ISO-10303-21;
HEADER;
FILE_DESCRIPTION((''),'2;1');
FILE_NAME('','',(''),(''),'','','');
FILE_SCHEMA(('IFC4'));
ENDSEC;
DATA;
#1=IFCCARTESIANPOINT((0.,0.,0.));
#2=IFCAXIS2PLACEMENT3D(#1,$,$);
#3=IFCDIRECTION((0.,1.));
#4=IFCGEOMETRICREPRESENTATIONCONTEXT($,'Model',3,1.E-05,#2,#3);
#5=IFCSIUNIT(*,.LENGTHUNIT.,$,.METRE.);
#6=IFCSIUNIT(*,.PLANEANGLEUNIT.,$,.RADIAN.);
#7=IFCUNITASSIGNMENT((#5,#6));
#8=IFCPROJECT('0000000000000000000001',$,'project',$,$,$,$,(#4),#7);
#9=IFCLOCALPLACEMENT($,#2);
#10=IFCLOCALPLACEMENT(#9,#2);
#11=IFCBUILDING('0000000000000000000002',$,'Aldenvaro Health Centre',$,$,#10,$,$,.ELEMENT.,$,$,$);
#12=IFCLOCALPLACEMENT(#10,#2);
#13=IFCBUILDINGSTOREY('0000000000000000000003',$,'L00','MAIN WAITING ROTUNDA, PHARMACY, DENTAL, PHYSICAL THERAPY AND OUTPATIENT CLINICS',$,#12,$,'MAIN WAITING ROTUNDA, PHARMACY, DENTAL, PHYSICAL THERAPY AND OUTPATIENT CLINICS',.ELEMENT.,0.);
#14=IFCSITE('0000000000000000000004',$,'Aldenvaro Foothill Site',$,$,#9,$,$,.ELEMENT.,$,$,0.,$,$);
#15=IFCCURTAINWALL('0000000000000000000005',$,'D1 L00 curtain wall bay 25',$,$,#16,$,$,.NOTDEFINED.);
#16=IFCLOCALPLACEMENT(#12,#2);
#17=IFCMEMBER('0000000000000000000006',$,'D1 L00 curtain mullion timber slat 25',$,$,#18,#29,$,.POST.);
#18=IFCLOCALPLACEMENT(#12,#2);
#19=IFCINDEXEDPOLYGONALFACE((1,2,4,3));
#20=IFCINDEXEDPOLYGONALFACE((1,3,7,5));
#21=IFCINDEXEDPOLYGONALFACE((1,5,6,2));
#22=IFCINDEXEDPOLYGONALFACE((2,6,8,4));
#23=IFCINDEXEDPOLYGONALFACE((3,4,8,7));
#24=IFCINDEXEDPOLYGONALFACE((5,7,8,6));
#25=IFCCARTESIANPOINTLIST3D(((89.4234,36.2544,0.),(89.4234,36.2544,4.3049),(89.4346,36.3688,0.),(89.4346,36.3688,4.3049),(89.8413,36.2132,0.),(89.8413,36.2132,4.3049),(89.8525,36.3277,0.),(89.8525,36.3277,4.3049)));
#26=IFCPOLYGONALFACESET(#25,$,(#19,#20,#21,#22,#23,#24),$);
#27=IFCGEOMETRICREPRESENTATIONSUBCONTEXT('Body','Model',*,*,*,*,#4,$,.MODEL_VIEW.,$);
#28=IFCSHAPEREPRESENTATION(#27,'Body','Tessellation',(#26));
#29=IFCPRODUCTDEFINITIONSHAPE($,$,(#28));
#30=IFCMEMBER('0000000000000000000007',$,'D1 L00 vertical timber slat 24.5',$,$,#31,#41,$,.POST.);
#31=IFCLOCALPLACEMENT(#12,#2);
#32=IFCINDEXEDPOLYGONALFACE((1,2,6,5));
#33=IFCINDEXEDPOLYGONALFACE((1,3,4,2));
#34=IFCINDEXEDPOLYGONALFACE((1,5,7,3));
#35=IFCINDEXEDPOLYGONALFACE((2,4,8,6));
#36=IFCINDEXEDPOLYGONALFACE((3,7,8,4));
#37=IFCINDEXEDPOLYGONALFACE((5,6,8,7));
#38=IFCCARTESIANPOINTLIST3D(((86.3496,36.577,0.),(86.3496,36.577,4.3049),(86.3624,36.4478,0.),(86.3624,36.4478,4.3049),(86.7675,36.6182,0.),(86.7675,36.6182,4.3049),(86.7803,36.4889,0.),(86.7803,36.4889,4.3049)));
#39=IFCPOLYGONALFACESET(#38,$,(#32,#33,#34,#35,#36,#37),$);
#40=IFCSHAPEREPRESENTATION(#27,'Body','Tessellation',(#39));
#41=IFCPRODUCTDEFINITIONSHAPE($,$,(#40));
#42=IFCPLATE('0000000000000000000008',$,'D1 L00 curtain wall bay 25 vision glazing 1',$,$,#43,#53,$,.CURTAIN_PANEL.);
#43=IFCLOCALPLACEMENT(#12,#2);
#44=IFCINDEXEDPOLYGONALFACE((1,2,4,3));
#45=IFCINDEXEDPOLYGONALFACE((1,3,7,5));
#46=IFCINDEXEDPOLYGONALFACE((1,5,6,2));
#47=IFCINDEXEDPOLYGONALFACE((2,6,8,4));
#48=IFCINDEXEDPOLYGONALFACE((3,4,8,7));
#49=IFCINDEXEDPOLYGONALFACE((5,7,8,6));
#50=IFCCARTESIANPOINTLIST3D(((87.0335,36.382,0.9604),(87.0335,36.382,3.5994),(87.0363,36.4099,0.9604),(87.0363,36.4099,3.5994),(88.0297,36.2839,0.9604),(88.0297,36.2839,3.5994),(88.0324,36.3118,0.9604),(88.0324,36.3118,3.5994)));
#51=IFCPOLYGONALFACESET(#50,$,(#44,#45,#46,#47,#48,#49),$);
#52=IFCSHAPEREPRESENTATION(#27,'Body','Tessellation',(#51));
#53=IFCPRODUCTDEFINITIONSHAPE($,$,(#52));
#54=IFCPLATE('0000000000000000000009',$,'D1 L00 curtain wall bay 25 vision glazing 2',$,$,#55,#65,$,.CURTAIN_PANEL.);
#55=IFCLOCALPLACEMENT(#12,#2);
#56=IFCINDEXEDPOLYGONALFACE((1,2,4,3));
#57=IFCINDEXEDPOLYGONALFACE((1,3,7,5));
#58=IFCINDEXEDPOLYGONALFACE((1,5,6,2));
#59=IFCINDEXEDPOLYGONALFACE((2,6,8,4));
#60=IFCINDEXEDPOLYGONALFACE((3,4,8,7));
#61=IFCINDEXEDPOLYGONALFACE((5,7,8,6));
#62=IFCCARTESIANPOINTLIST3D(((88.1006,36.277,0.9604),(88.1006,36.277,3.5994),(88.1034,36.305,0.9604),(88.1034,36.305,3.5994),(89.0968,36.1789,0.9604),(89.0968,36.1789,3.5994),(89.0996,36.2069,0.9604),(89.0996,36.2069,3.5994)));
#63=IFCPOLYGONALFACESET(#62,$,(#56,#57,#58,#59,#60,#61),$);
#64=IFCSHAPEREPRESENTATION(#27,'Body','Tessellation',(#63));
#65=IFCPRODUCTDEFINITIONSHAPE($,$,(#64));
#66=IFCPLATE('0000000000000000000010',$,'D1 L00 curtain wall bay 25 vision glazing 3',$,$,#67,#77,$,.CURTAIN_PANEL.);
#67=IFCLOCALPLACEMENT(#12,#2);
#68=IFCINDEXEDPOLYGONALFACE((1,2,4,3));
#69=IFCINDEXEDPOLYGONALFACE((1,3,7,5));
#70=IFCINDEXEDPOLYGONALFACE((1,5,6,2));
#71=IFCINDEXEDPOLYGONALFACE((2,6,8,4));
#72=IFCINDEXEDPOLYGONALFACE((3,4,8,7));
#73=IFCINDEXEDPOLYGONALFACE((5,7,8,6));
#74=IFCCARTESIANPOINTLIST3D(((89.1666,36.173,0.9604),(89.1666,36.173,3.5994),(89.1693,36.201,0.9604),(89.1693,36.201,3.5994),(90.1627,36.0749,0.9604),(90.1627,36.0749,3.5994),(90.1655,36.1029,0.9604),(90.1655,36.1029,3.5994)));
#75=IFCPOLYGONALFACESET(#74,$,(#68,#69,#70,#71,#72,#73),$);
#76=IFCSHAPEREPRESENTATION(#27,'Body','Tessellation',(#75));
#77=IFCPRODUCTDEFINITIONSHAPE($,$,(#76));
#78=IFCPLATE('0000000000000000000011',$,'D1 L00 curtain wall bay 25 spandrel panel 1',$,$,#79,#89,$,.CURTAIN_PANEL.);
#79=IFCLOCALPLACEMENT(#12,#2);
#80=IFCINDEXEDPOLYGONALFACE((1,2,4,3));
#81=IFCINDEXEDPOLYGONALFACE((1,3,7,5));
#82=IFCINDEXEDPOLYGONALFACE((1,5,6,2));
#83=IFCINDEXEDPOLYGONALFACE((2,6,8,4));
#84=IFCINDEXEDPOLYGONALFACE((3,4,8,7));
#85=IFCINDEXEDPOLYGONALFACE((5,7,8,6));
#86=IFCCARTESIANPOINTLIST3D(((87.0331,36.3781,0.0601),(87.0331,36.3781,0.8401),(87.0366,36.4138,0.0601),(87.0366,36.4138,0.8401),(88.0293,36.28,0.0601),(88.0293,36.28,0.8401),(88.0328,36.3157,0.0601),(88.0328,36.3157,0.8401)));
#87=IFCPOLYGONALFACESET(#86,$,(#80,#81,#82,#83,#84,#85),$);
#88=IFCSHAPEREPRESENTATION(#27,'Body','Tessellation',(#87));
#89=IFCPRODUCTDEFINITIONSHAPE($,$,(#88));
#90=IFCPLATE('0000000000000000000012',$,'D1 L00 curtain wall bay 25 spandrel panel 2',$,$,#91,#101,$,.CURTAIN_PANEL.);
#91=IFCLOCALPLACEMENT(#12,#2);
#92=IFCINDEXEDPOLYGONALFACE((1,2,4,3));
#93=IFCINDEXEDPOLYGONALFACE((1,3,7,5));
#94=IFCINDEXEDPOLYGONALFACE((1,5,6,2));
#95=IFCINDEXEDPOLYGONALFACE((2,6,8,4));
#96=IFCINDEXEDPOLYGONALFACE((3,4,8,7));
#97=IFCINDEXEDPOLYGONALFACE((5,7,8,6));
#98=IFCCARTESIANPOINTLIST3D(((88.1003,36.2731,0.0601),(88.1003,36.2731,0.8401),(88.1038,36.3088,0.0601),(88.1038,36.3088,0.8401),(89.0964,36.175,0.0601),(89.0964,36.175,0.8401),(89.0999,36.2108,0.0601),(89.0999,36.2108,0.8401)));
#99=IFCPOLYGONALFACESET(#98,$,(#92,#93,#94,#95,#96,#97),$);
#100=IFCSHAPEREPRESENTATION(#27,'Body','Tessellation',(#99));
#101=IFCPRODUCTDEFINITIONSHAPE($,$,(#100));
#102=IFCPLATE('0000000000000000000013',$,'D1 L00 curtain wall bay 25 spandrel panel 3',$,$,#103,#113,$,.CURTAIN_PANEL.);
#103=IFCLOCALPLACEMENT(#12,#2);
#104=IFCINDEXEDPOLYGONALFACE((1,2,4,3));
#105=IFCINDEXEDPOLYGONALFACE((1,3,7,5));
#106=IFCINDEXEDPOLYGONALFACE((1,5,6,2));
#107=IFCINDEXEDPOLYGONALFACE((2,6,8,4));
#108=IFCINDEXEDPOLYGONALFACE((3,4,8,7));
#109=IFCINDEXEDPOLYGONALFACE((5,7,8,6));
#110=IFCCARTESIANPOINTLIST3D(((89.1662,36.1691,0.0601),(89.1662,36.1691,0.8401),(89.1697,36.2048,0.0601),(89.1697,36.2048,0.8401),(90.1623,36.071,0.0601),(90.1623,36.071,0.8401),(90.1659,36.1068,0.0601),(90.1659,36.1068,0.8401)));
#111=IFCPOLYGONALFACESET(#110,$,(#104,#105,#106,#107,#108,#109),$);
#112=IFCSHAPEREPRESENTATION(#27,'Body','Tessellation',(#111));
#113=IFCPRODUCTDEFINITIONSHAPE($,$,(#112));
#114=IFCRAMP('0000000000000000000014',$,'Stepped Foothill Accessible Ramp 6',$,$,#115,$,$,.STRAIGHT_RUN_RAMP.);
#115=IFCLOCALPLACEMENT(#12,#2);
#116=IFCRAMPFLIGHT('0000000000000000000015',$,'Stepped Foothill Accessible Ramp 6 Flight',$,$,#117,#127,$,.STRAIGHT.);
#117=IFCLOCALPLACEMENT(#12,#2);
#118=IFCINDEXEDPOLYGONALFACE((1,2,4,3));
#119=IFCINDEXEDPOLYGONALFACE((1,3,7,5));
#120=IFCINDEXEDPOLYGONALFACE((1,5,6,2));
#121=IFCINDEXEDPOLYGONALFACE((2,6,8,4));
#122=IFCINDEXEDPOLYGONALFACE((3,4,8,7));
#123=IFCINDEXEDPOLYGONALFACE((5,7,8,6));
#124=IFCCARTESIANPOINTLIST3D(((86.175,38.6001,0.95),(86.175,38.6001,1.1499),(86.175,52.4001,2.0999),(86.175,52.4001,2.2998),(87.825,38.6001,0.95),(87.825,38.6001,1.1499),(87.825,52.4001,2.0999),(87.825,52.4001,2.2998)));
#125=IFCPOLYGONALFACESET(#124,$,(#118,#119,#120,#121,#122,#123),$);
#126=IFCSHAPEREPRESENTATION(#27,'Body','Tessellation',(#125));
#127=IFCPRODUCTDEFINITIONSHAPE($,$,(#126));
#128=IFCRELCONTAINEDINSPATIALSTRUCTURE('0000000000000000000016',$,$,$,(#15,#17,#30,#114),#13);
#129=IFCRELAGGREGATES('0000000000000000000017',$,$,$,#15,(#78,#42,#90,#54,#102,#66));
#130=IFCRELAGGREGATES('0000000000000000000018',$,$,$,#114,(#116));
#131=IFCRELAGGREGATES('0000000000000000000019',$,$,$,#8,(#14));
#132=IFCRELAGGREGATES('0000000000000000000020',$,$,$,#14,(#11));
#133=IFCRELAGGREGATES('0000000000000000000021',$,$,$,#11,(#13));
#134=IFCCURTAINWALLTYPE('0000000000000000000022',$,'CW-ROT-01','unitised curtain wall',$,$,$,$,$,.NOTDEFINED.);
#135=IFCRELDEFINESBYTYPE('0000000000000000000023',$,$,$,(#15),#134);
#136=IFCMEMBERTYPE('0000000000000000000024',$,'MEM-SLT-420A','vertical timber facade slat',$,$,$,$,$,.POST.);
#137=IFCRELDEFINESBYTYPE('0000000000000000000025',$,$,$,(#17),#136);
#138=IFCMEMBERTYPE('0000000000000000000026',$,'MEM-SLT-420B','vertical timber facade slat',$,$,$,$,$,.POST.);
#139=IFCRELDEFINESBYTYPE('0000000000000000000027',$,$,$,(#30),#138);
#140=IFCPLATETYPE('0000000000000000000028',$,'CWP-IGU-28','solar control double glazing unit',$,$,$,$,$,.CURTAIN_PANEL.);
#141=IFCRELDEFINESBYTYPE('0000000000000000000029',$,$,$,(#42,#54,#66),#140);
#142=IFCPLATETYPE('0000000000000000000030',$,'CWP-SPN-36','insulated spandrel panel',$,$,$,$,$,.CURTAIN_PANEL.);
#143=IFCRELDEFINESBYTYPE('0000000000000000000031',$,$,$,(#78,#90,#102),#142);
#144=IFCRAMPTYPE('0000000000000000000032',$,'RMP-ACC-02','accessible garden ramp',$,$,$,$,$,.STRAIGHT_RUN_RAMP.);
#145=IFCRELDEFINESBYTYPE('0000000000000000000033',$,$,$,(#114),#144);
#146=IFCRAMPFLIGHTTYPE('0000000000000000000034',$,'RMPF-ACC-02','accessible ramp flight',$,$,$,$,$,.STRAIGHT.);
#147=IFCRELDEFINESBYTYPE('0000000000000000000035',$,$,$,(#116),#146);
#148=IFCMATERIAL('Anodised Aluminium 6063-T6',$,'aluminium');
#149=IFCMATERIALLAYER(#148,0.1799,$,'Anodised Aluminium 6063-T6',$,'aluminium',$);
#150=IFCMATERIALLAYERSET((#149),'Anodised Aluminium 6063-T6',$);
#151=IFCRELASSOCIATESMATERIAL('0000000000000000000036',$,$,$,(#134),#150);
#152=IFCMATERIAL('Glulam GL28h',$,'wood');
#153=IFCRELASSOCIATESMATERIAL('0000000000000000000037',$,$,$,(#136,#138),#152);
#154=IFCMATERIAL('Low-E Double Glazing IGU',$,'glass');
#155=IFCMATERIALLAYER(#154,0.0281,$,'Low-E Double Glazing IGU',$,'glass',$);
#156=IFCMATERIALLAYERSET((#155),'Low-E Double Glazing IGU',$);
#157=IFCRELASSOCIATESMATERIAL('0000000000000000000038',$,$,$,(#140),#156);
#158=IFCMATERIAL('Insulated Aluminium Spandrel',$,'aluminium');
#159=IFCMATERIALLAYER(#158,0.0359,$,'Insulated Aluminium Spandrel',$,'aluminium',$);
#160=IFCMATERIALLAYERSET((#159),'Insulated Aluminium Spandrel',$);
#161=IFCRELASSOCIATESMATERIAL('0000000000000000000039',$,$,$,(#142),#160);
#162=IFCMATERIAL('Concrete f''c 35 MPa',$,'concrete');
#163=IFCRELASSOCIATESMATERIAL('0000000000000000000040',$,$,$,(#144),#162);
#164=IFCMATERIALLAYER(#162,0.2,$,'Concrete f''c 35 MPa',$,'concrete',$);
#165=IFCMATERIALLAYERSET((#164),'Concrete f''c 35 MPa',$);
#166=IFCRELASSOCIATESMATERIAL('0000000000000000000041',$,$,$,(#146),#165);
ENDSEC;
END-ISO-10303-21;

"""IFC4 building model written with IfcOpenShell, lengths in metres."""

from ifc_helpers import new_model, si_unit, direction, frame, origin, origin_2d, place, context, subcontext, project, spatial, polyline, rectangle, outline, extrude, material, layer, layer_set, material_profile, profile_set, type_object, element, aggregate, save


model = new_model("IFC4")

# Units and contexts
model_context = context("Model", 3, precision=1e-05, world=origin(), true_north=direction((0.0, 1.0)))
body_context = subcontext(model_context, "Body", "Model", "MODEL_VIEW")
ifc_project = project(units=[si_unit("LENGTHUNIT", "METRE"), si_unit("PLANEANGLEUNIT", "RADIAN")], contexts=[model_context])

# Site, building, storey
site_placement = place(None, origin())
site = spatial("IfcSite", under=ifc_project, at=site_placement, Name="Aldenvaro Foothill Site", CompositionType="ELEMENT", RefElevation=0.0)
building_placement = place(site_placement, origin())
building = spatial("IfcBuilding", under=site, at=building_placement, Name="Aldenvaro Health Centre", CompositionType="ELEMENT")
storey_placement = place(building_placement, origin())
storey = spatial("IfcBuildingStorey", under=building, at=storey_placement, Name="L00", Description="MAIN WAITING ROTUNDA, PHARMACY, DENTAL, PHYSICAL THERAPY AND OUTPATIENT CLINICS", LongName="MAIN WAITING ROTUNDA, PHARMACY, DENTAL, PHYSICAL THERAPY AND OUTPATIENT CLINICS", CompositionType="ELEMENT", Elevation=0.0)

# Curtain wall
ifc_material_1 = material(Name="Anodised Aluminium 6063-T6", Category="aluminium")
ifc_layer_1 = layer(ifc_material_1, 0.1799, Name="Anodised Aluminium 6063-T6", Category="aluminium")
ifc_layer_set_1 = layer_set([ifc_layer_1], Name="Anodised Aluminium 6063-T6")
curtain_wall_type = type_object("IfcCurtainWallType", Name="CW-ROT-01", Description="unitised curtain wall", PredefinedType="NOTDEFINED", material=ifc_layer_set_1)
curtain_wall_placement = place(storey_placement, origin())
curtain_wall = element("IfcCurtainWall", 1, at=curtain_wall_placement, inside=storey, type_object=curtain_wall_type, Name="D1 L00 curtain wall bay 25", PredefinedType="NOTDEFINED")

# Members
ifc_material_2 = material(Name="Glulam GL28h", Category="wood")
ifc_material_profile_1 = material_profile(ifc_material_2, rectangle(XDim=0.115, YDim=0.4199, at=origin_2d()), Name="GL 115x420", Category="wood")
ifc_profile_set_1 = profile_set([ifc_material_profile_1], Name="Glulam GL28h")
member_type_1 = type_object("IfcMemberType", Name="MEM-SLT-420A", Description="vertical timber facade slat", PredefinedType="POST", material=ifc_profile_set_1)
for number, where, z_axis, x_axis, name in (
    (2, (89.6379, 36.291, 0.0), (0.0, 0.0, 1.0), (0.097994, 0.995187, 0.0), "D1 L00 curtain mullion timber slat 25"),
):
    element("IfcMember", number, at=place(storey_placement, frame(where, z_axis=z_axis, x_axis=x_axis)), inside=storey, type_object=member_type_1, Name=name, PredefinedType="POST", context=body_context, shape_type="SweptSolid", body=[
        extrude(rectangle(XDim=0.115, YDim=0.4199, at=origin_2d()), origin(), (0.0, 0.0, 1.0), 4.3049),
    ])
ifc_material_profile_2 = material_profile(ifc_material_2, rectangle(XDim=0.1299, YDim=0.4199, at=origin_2d()), Name="GL 130x420", Category="wood")
ifc_profile_set_2 = profile_set([ifc_material_profile_2], Name="Glulam GL28h")
member_type_2 = type_object("IfcMemberType", Name="MEM-SLT-420B", Description="vertical timber facade slat", PredefinedType="POST", material=ifc_profile_set_2)
member_1_placement = place(storey_placement, frame((86.5649, 36.533, 0.0), z_axis=(0.0, 0.0, 1.0), x_axis=(-0.097994, 0.995187, 0.0)))
element("IfcMember", 3, at=member_1_placement, inside=storey, type_object=member_type_2, Name="D1 L00 vertical timber slat 24.5", PredefinedType="POST", context=body_context, shape_type="SweptSolid", body=[
    extrude(rectangle(XDim=0.1299, YDim=0.4199, at=origin_2d()), origin(), (0.0, 0.0, 1.0), 4.3049),
])

# Plates
ifc_material_3 = material(Name="Low-E Double Glazing IGU", Category="glass")
ifc_layer_2 = layer(ifc_material_3, 0.0281, Name="Low-E Double Glazing IGU", Category="glass")
ifc_layer_set_2 = layer_set([ifc_layer_2], Name="Low-E Double Glazing IGU")
plate_type_1 = type_object("IfcPlateType", Name="CWP-IGU-28", Description="solar control double glazing unit", PredefinedType="CURTAIN_PANEL", material=ifc_layer_set_2)
plate_1_placement = place(storey_placement, frame((87.533, 36.3469, 0.9604), z_axis=(0.0, 0.0, 1.0), x_axis=(0.995187, -0.097994, 0.0)))
plate_1 = element("IfcPlate", 4, at=plate_1_placement, type_object=plate_type_1, Name="D1 L00 curtain wall bay 25 vision glazing 1", PredefinedType="CURTAIN_PANEL", context=body_context, shape_type="SweptSolid", body=[
    extrude(rectangle(XDim=1.001, YDim=0.0281, at=origin_2d()), origin(), (0.0, 0.0, 1.0), 2.6389),
])
plate_2_placement = place(storey_placement, frame((88.6001, 36.2419, 0.9604), z_axis=(0.0, 0.0, 1.0), x_axis=(0.995187, -0.097994, 0.0)))
plate_2 = element("IfcPlate", 5, at=plate_2_placement, type_object=plate_type_1, Name="D1 L00 curtain wall bay 25 vision glazing 2", PredefinedType="CURTAIN_PANEL", context=body_context, shape_type="SweptSolid", body=[
    extrude(rectangle(XDim=1.001, YDim=0.0281, at=origin_2d()), origin(), (0.0, 0.0, 1.0), 2.6389),
])
plate_3_placement = place(storey_placement, frame((89.666, 36.1379, 0.9604), z_axis=(0.0, 0.0, 1.0), x_axis=(0.995187, -0.097994, 0.0)))
plate_3 = element("IfcPlate", 6, at=plate_3_placement, type_object=plate_type_1, Name="D1 L00 curtain wall bay 25 vision glazing 3", PredefinedType="CURTAIN_PANEL", context=body_context, shape_type="SweptSolid", body=[
    extrude(rectangle(XDim=1.001, YDim=0.0281, at=origin_2d()), origin(), (0.0, 0.0, 1.0), 2.6389),
])
ifc_material_4 = material(Name="Insulated Aluminium Spandrel", Category="aluminium")
ifc_layer_3 = layer(ifc_material_4, 0.0359, Name="Insulated Aluminium Spandrel", Category="aluminium")
ifc_layer_set_3 = layer_set([ifc_layer_3], Name="Insulated Aluminium Spandrel")
plate_type_2 = type_object("IfcPlateType", Name="CWP-SPN-36", Description="insulated spandrel panel", PredefinedType="CURTAIN_PANEL", material=ifc_layer_set_3)
plate_4_placement = place(storey_placement, frame((87.533, 36.3469, 0.0601), z_axis=(0.0, 0.0, 1.0), x_axis=(0.995187, -0.097994, 0.0)))
plate_4 = element("IfcPlate", 7, at=plate_4_placement, type_object=plate_type_2, Name="D1 L00 curtain wall bay 25 spandrel panel 1", PredefinedType="CURTAIN_PANEL", context=body_context, shape_type="SweptSolid", body=[
    extrude(rectangle(XDim=1.001, YDim=0.0359, at=origin_2d()), origin(), (0.0, 0.0, 1.0), 0.78),
])
plate_5_placement = place(storey_placement, frame((88.6001, 36.2419, 0.0601), z_axis=(0.0, 0.0, 1.0), x_axis=(0.995187, -0.097994, 0.0)))
plate_5 = element("IfcPlate", 8, at=plate_5_placement, type_object=plate_type_2, Name="D1 L00 curtain wall bay 25 spandrel panel 2", PredefinedType="CURTAIN_PANEL", context=body_context, shape_type="SweptSolid", body=[
    extrude(rectangle(XDim=1.001, YDim=0.0359, at=origin_2d()), origin(), (0.0, 0.0, 1.0), 0.78),
])
plate_6_placement = place(storey_placement, frame((89.666, 36.1379, 0.0601), z_axis=(0.0, 0.0, 1.0), x_axis=(0.995187, -0.097994, 0.0)))
plate_6 = element("IfcPlate", 9, at=plate_6_placement, type_object=plate_type_2, Name="D1 L00 curtain wall bay 25 spandrel panel 3", PredefinedType="CURTAIN_PANEL", context=body_context, shape_type="SweptSolid", body=[
    extrude(rectangle(XDim=1.001, YDim=0.0359, at=origin_2d()), origin(), (0.0, 0.0, 1.0), 0.78),
])
aggregate(curtain_wall, [plate_4, plate_1, plate_5, plate_2, plate_6, plate_3])

# Ramp, ramp flight
ifc_material_5 = material(Name="Concrete f'c 35 MPa", Category="concrete")
ramp_type = type_object("IfcRampType", Name="RMP-ACC-02", Description="accessible garden ramp", PredefinedType="STRAIGHT_RUN_RAMP", material=ifc_material_5)
ramp_placement = place(storey_placement, origin())
ramp = element("IfcRamp", 10, at=ramp_placement, inside=storey, type_object=ramp_type, Name="Stepped Foothill Accessible Ramp 6", PredefinedType="STRAIGHT_RUN_RAMP")
ifc_layer_4 = layer(ifc_material_5, 0.2, Name="Concrete f'c 35 MPa", Category="concrete")
ifc_layer_set_4 = layer_set([ifc_layer_4], Name="Concrete f'c 35 MPa")
ramp_flight_type = type_object("IfcRampFlightType", Name="RMPF-ACC-02", Description="accessible ramp flight", PredefinedType="STRAIGHT", material=ifc_layer_set_4)
ramp_flight_placement = place(storey_placement, frame((87.0, 38.6001, 1.1499), z_axis=(0.0, 0.0, 1.0), x_axis=(0.0, 1.0, 0.0)))
ramp_flight = element("IfcRampFlight", 11, at=ramp_flight_placement, type_object=ramp_flight_type, Name="Stepped Foothill Accessible Ramp 6 Flight", PredefinedType="STRAIGHT", context=body_context, shape_type="SweptSolid", body=[
    extrude(outline(polyline([(0.0, 0.0), (13.8, 1.1499), (13.8, 0.95), (0.0, -0.2), (0.0, 0.0)])), frame((0.0, 0.825, 0.0), z_axis=(0.0, -1.0, 0.0), x_axis=(1.0, 0.0, 0.0)), (0.0, 0.0, 1.0), 1.6499),
])
aggregate(ramp, [ramp_flight])

save(model, "model.ifc")
